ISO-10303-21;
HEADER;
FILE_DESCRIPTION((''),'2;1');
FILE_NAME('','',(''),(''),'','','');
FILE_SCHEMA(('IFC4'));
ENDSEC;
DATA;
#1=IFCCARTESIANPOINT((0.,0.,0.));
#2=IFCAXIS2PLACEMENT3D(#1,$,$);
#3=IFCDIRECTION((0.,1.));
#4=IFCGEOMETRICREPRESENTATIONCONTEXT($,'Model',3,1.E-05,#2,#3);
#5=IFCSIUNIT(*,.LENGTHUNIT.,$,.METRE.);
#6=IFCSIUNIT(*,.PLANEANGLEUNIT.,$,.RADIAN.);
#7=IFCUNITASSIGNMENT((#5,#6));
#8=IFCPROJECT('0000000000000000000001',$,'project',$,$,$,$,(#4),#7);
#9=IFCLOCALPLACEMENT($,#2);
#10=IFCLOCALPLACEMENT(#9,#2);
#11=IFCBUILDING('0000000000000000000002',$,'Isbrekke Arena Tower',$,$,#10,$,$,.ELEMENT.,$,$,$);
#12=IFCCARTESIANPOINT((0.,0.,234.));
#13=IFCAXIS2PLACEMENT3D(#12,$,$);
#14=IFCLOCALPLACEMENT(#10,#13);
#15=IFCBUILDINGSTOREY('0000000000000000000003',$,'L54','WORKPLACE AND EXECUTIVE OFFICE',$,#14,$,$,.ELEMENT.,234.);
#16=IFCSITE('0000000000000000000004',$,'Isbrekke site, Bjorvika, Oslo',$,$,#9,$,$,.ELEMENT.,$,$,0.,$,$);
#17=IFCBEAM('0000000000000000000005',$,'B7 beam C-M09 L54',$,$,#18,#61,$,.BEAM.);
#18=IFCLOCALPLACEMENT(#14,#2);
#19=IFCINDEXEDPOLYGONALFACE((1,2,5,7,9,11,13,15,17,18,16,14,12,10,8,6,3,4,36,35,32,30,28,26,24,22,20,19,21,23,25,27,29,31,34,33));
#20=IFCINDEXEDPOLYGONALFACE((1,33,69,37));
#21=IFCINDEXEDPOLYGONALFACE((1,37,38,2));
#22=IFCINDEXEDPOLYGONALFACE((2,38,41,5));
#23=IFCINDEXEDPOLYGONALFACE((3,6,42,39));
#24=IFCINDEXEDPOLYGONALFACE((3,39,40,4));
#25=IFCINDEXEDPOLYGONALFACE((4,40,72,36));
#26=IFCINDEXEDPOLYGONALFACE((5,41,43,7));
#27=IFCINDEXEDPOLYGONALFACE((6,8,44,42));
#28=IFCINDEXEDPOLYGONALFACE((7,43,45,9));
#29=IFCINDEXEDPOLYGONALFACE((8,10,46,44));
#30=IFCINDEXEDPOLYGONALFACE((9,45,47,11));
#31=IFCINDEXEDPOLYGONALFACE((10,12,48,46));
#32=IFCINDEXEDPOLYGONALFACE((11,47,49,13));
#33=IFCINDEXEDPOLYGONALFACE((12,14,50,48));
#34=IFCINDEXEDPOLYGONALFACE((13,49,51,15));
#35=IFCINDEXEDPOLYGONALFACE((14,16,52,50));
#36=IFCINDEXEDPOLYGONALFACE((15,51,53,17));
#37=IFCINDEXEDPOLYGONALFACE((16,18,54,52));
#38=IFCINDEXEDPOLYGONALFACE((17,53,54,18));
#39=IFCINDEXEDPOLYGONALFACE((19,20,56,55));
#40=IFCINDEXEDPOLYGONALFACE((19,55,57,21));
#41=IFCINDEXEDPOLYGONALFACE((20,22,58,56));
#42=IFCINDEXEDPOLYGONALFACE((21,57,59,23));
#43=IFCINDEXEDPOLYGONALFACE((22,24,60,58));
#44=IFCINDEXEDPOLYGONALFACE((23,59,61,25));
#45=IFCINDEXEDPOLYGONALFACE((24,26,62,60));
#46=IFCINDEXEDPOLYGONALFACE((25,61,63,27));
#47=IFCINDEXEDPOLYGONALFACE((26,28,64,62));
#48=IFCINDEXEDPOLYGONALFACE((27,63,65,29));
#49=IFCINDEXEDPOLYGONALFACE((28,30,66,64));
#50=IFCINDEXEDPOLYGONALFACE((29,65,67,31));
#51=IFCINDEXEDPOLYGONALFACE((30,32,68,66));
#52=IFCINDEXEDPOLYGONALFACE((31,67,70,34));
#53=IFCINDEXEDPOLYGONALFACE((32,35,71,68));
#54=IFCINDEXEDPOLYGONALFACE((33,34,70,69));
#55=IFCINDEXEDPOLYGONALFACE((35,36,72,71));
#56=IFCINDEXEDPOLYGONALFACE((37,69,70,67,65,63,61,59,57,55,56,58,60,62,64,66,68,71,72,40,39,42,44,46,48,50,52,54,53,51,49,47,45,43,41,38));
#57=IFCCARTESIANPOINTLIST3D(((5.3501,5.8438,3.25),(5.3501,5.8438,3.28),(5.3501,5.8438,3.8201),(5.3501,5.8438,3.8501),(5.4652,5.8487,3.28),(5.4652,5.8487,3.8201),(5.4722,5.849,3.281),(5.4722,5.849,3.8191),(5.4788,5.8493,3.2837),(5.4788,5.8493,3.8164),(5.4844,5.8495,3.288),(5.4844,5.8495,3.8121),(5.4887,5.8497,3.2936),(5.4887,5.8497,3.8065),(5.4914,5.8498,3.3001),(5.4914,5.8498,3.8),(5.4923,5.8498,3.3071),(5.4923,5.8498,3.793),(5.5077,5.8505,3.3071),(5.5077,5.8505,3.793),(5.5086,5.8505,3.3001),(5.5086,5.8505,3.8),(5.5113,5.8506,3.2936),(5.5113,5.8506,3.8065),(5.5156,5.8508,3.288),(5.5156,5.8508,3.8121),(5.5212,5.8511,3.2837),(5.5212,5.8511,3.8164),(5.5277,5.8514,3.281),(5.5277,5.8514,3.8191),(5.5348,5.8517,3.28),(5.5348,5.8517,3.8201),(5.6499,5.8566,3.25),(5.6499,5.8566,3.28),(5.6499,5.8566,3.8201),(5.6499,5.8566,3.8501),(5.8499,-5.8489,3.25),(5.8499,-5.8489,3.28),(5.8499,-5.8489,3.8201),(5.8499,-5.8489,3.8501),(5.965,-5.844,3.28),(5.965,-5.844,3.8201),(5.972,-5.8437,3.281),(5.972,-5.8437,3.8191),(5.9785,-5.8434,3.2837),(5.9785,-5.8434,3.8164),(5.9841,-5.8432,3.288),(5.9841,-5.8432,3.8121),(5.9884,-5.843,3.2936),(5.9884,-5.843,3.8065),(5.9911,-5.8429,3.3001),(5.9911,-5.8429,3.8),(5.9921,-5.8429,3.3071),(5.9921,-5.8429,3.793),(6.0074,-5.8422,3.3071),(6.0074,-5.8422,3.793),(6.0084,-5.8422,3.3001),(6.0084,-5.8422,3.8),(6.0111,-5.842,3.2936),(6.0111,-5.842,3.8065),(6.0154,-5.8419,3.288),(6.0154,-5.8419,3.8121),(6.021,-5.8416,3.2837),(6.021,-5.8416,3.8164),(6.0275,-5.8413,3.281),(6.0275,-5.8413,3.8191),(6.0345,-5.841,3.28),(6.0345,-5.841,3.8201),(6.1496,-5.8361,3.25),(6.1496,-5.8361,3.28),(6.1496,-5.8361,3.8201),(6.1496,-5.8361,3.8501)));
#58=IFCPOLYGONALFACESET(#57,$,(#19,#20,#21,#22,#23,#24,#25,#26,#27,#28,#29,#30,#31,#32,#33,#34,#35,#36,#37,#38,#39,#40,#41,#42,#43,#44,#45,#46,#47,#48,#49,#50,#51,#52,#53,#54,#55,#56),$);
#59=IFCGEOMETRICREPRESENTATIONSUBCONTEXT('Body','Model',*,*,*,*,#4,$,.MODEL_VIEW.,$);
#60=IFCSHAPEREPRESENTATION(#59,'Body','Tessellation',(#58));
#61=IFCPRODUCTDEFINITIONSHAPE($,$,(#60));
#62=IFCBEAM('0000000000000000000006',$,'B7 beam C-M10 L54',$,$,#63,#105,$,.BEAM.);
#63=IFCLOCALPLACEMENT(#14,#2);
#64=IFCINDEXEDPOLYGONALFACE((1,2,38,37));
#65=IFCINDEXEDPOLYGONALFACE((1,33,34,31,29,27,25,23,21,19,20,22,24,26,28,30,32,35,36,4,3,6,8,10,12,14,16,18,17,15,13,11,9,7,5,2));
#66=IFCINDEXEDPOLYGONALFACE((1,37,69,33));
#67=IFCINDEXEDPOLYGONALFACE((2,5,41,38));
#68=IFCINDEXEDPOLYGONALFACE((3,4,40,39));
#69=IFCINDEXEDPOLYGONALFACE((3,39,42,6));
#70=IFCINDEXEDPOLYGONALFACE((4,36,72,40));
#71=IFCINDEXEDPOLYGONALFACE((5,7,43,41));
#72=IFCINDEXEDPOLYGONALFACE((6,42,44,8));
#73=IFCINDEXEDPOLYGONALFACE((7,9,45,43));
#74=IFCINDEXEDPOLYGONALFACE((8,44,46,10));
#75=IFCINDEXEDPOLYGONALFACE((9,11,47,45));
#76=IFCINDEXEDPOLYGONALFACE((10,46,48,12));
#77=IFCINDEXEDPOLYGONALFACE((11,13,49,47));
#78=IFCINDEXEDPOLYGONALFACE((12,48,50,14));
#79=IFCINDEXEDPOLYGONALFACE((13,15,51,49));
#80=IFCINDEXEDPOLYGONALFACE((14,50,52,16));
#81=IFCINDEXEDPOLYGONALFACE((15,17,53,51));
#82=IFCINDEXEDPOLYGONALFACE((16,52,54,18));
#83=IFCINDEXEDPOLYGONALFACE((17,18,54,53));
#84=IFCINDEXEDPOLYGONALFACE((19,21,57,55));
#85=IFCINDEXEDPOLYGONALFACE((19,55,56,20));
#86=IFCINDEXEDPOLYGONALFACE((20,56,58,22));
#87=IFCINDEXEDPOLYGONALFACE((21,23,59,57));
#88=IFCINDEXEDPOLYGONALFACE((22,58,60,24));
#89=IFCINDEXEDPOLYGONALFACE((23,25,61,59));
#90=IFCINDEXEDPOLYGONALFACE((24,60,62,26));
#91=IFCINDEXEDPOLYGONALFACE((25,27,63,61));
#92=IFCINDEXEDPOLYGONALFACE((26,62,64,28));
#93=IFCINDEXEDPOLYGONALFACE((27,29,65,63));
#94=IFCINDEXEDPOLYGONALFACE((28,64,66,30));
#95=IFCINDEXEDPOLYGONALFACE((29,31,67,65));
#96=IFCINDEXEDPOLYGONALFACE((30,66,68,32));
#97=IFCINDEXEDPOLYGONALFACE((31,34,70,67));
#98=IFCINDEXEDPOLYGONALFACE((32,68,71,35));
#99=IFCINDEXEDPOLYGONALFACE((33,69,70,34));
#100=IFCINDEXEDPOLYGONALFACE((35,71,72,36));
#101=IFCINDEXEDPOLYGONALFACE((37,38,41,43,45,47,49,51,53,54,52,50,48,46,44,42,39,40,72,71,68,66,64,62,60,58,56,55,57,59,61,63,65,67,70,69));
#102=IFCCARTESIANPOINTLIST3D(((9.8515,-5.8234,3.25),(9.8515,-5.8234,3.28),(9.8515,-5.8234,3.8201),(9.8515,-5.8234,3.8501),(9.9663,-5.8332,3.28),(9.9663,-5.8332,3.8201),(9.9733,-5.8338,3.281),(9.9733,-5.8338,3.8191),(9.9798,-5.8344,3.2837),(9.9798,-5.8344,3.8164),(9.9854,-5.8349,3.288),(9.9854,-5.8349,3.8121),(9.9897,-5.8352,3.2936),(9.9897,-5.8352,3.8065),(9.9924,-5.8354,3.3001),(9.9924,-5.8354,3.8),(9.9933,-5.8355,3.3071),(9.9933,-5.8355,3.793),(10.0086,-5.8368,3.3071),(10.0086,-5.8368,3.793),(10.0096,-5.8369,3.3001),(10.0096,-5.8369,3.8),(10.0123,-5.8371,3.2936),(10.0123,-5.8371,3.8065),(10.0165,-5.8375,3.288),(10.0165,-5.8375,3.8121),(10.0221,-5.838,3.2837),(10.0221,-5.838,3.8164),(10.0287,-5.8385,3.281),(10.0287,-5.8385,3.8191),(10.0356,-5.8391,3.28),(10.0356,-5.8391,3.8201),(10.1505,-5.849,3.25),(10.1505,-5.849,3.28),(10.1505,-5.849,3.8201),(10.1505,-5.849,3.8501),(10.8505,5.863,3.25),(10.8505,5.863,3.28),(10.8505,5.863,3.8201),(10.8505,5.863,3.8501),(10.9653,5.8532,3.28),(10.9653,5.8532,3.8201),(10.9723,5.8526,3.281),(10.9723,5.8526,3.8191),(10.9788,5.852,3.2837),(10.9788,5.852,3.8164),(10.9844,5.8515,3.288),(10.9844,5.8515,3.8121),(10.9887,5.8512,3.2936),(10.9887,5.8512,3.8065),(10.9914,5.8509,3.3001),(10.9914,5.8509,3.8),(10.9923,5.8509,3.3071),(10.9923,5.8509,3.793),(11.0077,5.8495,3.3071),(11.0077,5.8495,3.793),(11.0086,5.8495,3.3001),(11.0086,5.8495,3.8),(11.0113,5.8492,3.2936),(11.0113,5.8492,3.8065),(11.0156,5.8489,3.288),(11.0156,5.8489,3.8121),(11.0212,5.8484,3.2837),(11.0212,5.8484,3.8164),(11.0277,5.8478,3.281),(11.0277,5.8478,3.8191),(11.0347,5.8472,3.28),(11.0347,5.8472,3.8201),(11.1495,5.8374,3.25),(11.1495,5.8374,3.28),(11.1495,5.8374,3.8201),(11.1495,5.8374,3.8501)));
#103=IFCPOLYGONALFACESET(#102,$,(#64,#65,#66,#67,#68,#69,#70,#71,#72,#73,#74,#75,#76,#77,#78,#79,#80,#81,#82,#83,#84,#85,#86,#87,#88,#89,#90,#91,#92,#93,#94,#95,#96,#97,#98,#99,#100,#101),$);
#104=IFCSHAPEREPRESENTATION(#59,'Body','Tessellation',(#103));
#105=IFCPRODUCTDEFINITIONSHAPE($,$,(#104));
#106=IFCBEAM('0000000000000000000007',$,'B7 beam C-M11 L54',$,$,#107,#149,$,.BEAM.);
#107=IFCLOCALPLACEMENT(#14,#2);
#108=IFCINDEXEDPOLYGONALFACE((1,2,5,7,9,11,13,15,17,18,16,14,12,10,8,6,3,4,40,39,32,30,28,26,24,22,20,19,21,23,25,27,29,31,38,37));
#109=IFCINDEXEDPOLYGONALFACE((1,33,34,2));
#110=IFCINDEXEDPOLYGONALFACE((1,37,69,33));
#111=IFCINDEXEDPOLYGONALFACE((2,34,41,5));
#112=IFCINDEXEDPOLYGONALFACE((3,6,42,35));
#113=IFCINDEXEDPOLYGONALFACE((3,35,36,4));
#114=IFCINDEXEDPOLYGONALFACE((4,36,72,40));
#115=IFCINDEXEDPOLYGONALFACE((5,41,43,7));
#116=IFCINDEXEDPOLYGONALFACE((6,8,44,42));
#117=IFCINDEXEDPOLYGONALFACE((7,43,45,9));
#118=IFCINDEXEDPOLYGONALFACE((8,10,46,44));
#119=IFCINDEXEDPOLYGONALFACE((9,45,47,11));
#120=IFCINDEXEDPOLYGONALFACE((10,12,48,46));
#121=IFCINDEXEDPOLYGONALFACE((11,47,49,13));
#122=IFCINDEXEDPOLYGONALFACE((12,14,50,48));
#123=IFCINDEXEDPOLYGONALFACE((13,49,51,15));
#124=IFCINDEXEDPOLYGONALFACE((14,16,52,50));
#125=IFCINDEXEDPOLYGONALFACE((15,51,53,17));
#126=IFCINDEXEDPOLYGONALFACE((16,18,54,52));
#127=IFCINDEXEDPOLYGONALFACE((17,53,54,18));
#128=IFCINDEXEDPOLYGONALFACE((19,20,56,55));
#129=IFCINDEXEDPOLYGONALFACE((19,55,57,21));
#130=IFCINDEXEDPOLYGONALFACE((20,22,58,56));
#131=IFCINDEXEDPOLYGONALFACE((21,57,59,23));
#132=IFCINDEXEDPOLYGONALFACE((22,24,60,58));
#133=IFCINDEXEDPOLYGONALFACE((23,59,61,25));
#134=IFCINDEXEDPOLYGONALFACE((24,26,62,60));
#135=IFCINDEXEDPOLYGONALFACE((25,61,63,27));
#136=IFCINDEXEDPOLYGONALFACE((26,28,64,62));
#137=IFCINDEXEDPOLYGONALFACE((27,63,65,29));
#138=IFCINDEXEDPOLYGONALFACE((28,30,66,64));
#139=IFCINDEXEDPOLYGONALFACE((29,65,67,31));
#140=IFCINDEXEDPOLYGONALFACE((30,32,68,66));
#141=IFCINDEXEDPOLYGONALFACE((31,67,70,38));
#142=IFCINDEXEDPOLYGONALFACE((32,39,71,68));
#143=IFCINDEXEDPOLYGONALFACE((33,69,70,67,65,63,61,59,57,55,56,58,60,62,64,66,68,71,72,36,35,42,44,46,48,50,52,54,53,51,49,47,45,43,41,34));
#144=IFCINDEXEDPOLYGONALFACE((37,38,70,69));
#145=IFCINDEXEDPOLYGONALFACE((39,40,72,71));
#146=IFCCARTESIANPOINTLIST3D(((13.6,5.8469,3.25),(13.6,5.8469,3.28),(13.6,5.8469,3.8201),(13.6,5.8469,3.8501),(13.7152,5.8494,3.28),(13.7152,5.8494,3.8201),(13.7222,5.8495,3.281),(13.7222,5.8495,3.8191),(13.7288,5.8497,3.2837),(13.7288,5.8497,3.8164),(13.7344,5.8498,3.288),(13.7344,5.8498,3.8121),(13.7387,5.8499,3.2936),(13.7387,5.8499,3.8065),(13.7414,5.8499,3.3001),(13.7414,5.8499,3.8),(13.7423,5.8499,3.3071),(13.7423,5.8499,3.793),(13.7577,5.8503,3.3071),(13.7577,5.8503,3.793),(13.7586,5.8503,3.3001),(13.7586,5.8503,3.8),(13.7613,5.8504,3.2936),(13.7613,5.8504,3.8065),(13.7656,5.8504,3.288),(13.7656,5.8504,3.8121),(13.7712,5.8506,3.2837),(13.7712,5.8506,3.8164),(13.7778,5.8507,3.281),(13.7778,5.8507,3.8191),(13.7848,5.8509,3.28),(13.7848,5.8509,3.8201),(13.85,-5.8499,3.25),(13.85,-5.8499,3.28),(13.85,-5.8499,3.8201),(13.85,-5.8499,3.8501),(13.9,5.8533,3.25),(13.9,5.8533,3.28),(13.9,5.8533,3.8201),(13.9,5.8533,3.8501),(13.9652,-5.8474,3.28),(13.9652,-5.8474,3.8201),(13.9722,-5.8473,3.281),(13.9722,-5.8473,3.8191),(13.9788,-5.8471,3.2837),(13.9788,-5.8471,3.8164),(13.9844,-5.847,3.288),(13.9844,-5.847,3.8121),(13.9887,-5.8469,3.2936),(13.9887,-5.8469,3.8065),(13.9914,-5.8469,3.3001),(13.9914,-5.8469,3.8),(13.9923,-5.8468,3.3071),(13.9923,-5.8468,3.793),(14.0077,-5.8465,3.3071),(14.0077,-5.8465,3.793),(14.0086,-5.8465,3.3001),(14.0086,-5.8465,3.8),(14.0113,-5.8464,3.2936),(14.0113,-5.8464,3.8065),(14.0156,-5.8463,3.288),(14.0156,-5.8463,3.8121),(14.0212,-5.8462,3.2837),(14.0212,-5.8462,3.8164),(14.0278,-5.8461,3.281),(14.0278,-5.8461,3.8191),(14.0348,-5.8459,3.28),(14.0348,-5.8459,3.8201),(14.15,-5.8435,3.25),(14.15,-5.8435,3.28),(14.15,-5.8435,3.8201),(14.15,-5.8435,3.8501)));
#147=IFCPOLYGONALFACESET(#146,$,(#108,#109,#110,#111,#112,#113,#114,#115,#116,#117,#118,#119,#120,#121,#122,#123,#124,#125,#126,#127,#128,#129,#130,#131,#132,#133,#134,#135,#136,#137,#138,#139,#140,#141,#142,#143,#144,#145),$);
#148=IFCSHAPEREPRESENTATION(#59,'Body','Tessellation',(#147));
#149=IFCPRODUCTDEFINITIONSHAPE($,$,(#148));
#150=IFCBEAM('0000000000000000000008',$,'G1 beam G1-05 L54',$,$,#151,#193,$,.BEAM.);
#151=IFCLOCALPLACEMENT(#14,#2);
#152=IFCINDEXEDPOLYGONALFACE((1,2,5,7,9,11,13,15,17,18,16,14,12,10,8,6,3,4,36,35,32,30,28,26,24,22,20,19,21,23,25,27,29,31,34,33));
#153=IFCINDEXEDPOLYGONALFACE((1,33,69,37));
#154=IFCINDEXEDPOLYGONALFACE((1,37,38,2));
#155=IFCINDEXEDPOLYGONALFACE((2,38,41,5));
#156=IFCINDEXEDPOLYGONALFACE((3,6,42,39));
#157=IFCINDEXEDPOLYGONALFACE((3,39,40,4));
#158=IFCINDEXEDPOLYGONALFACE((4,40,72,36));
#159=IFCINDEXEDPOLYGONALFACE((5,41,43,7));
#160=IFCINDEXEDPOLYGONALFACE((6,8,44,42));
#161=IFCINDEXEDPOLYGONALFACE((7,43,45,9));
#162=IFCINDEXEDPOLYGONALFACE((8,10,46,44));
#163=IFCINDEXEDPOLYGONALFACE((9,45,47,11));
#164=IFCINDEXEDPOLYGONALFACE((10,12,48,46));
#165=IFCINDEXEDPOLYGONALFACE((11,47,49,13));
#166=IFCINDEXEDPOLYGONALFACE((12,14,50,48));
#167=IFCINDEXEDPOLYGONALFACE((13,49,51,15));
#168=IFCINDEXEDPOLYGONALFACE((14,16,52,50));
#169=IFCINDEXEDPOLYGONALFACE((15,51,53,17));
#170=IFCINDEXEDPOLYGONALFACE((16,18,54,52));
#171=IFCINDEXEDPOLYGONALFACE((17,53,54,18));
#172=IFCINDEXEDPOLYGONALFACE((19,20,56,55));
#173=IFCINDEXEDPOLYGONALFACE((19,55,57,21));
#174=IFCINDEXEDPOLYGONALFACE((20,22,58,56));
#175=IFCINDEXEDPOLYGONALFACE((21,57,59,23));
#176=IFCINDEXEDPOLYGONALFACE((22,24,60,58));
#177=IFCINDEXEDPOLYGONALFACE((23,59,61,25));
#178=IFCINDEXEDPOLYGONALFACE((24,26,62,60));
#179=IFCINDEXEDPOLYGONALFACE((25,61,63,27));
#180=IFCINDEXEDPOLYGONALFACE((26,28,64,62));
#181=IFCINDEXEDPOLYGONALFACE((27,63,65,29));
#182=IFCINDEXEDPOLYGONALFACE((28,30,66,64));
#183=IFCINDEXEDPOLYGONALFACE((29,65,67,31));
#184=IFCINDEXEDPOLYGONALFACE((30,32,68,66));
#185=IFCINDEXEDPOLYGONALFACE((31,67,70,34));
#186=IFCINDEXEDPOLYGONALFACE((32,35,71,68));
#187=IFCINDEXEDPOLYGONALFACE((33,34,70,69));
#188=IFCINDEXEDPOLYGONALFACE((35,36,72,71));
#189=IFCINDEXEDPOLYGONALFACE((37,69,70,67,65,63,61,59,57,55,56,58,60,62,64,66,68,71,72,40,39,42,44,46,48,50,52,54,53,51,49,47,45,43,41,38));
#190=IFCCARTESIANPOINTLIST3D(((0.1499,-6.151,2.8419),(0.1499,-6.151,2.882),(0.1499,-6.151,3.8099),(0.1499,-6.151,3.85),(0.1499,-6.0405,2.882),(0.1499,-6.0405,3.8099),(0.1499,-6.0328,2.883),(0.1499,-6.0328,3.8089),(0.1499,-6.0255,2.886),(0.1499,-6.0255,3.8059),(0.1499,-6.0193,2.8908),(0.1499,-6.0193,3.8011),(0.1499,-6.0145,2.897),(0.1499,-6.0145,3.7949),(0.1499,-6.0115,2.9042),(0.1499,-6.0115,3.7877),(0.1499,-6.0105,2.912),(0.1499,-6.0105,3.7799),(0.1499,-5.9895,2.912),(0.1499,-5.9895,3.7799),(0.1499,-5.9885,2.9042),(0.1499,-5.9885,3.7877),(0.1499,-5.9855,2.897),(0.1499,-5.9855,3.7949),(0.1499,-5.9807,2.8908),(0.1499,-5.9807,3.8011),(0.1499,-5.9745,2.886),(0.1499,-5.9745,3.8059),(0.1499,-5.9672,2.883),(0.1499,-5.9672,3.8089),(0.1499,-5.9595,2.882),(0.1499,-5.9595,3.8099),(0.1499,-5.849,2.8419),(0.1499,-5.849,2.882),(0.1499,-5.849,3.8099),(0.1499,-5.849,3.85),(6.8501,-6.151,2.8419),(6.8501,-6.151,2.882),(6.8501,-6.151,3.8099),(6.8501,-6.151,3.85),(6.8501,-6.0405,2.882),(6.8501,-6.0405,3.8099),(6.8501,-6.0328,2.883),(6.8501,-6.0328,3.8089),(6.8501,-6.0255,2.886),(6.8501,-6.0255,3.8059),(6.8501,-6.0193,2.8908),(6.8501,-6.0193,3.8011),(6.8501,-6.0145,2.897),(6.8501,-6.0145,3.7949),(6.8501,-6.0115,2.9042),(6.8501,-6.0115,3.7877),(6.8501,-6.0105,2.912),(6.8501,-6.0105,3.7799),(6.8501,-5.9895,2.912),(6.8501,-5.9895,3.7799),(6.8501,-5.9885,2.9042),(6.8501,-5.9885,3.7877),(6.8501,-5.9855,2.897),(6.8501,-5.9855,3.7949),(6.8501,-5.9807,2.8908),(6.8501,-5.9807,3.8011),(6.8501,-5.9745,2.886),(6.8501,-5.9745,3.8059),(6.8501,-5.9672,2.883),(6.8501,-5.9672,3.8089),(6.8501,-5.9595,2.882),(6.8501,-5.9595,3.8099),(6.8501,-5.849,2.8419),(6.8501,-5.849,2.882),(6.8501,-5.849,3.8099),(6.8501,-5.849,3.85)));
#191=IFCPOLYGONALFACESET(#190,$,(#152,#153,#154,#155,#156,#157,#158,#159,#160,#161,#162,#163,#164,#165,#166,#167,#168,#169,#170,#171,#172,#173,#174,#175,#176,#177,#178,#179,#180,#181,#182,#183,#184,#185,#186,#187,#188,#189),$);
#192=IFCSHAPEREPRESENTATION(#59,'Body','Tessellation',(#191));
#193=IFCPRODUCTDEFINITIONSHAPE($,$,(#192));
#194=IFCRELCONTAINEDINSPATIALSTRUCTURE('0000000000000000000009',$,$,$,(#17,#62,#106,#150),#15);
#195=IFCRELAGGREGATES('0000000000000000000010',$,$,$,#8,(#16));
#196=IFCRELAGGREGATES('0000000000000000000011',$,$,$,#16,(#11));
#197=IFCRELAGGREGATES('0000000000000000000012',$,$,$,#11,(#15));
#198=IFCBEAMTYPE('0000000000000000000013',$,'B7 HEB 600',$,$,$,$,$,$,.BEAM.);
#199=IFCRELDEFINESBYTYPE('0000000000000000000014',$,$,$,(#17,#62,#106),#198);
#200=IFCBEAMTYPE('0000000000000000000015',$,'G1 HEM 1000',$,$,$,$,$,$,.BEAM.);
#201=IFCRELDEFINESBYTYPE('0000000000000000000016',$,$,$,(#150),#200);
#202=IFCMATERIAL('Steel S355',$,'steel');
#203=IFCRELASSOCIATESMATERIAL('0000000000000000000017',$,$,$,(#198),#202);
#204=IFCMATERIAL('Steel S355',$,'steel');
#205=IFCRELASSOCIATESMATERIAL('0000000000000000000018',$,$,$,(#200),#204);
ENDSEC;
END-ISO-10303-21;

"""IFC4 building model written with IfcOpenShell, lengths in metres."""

from ifc_helpers import new_model, si_unit, direction, frame, origin, origin_2d, place, context, subcontext, project, spatial, i_section, extrude, material, material_profile, profile_set, type_object, element, save


model = new_model("IFC4")

# Units and contexts
model_context = context("Model", 3, precision=1e-05, world=origin(), true_north=direction((0.0, 1.0)))
body_context = subcontext(model_context, "Body", "Model", "MODEL_VIEW")
ifc_project = project(units=[si_unit("LENGTHUNIT", "METRE"), si_unit("PLANEANGLEUNIT", "RADIAN")], contexts=[model_context])

# Site, building, storey
site_placement = place(None, origin())
site = spatial("IfcSite", under=ifc_project, at=site_placement, Name="Isbrekke site, Bjorvika, Oslo", CompositionType="ELEMENT", RefElevation=0.0)
building_placement = place(site_placement, origin())
building = spatial("IfcBuilding", under=site, at=building_placement, Name="Isbrekke Arena Tower", CompositionType="ELEMENT")
storey_placement = place(building_placement, frame((0.0, 0.0, 234.0)))
storey = spatial("IfcBuildingStorey", under=building, at=storey_placement, Name="L54", Description="WORKPLACE AND EXECUTIVE OFFICE", CompositionType="ELEMENT", Elevation=234.0)

# Beams
ifc_material_1 = material(Name="Steel S355", Category="steel")
ifc_material_profile_1 = material_profile(ifc_material_1, i_section(OverallWidth=0.3, OverallDepth=0.6001, WebThickness=0.0154, FlangeThickness=0.03, FilletRadius=0.0271, at=origin_2d()), Name="HEB 600")
ifc_profile_set_1 = profile_set([ifc_material_profile_1], Name="Steel S355")
beam_type_1 = type_object("IfcBeamType", Name="B7 HEB 600", PredefinedType="BEAM", material=ifc_profile_set_1)
beam_1_placement = place(storey_placement, frame((5.9998, -5.8425, 3.55), z_axis=(-0.042702, 0.999088, 0.0), x_axis=(-0.999088, -0.042702, 0.0)))
element("IfcBeam", 1, at=beam_1_placement, inside=storey, type_object=beam_type_1, Name="B7 beam C-M09 L54", PredefinedType="BEAM", context=body_context, shape_type="SweptSolid", body=[
    extrude(i_section(OverallWidth=0.3, OverallDepth=0.6001, WebThickness=0.0154, FlangeThickness=0.03, FilletRadius=0.0271, at=origin_2d()), origin(), (0.0, 0.0, 1.0), 11.7034),
])
beam_2_placement = place(storey_placement, frame((10.001, -5.8362, 3.55), z_axis=(0.085176, 0.996366, 0.0), x_axis=(-0.996366, 0.085176, 0.0)))
element("IfcBeam", 2, at=beam_2_placement, inside=storey, type_object=beam_type_1, Name="B7 beam C-M10 L54", PredefinedType="BEAM", context=body_context, shape_type="SweptSolid", body=[
    extrude(i_section(OverallWidth=0.3, OverallDepth=0.6001, WebThickness=0.0154, FlangeThickness=0.03, FilletRadius=0.0271, at=origin_2d()), origin(), (0.0, 0.0, 1.0), 11.729),
])
beam_3_placement = place(storey_placement, frame((14.0, -5.8467, 3.55), z_axis=(-0.021369, 0.999772, 0.0), x_axis=(-0.999772, -0.021369, 0.0)))
element("IfcBeam", 3, at=beam_3_placement, inside=storey, type_object=beam_type_1, Name="B7 beam C-M11 L54", PredefinedType="BEAM", context=body_context, shape_type="SweptSolid", body=[
    extrude(i_section(OverallWidth=0.3, OverallDepth=0.6001, WebThickness=0.0154, FlangeThickness=0.03, FilletRadius=0.0271, at=origin_2d()), origin(), (0.0, 0.0, 1.0), 11.6995),
])
ifc_material_2 = material(Name="Steel S355", Category="steel")
ifc_material_profile_2 = material_profile(ifc_material_2, i_section(OverallWidth=0.302, OverallDepth=1.0081, WebThickness=0.021, FlangeThickness=0.04, FilletRadius=0.03, at=origin_2d()), Name="HEM 1000")
ifc_profile_set_2 = profile_set([ifc_material_profile_2], Name="Steel S355")
beam_type_2 = type_object("IfcBeamType", Name="G1 HEM 1000", PredefinedType="BEAM", material=ifc_profile_set_2)
for number, where, z_axis, x_axis, name in (
    (4, (0.1499, -6.0, 3.3459), (1.0, 0.0, 0.0), (0.0, 1.0, 0.0), "G1 beam G1-05 L54"),
):
    element("IfcBeam", number, at=place(storey_placement, frame(where, z_axis=z_axis, x_axis=x_axis)), inside=storey, type_object=beam_type_2, Name=name, PredefinedType="BEAM", context=body_context, shape_type="SweptSolid", body=[
        extrude(i_section(OverallWidth=0.302, OverallDepth=1.0081, WebThickness=0.021, FlangeThickness=0.04, FilletRadius=0.03, at=origin_2d()), origin(), (0.0, 0.0, 1.0), 6.7002),
    ])

save(model, "model.ifc")
